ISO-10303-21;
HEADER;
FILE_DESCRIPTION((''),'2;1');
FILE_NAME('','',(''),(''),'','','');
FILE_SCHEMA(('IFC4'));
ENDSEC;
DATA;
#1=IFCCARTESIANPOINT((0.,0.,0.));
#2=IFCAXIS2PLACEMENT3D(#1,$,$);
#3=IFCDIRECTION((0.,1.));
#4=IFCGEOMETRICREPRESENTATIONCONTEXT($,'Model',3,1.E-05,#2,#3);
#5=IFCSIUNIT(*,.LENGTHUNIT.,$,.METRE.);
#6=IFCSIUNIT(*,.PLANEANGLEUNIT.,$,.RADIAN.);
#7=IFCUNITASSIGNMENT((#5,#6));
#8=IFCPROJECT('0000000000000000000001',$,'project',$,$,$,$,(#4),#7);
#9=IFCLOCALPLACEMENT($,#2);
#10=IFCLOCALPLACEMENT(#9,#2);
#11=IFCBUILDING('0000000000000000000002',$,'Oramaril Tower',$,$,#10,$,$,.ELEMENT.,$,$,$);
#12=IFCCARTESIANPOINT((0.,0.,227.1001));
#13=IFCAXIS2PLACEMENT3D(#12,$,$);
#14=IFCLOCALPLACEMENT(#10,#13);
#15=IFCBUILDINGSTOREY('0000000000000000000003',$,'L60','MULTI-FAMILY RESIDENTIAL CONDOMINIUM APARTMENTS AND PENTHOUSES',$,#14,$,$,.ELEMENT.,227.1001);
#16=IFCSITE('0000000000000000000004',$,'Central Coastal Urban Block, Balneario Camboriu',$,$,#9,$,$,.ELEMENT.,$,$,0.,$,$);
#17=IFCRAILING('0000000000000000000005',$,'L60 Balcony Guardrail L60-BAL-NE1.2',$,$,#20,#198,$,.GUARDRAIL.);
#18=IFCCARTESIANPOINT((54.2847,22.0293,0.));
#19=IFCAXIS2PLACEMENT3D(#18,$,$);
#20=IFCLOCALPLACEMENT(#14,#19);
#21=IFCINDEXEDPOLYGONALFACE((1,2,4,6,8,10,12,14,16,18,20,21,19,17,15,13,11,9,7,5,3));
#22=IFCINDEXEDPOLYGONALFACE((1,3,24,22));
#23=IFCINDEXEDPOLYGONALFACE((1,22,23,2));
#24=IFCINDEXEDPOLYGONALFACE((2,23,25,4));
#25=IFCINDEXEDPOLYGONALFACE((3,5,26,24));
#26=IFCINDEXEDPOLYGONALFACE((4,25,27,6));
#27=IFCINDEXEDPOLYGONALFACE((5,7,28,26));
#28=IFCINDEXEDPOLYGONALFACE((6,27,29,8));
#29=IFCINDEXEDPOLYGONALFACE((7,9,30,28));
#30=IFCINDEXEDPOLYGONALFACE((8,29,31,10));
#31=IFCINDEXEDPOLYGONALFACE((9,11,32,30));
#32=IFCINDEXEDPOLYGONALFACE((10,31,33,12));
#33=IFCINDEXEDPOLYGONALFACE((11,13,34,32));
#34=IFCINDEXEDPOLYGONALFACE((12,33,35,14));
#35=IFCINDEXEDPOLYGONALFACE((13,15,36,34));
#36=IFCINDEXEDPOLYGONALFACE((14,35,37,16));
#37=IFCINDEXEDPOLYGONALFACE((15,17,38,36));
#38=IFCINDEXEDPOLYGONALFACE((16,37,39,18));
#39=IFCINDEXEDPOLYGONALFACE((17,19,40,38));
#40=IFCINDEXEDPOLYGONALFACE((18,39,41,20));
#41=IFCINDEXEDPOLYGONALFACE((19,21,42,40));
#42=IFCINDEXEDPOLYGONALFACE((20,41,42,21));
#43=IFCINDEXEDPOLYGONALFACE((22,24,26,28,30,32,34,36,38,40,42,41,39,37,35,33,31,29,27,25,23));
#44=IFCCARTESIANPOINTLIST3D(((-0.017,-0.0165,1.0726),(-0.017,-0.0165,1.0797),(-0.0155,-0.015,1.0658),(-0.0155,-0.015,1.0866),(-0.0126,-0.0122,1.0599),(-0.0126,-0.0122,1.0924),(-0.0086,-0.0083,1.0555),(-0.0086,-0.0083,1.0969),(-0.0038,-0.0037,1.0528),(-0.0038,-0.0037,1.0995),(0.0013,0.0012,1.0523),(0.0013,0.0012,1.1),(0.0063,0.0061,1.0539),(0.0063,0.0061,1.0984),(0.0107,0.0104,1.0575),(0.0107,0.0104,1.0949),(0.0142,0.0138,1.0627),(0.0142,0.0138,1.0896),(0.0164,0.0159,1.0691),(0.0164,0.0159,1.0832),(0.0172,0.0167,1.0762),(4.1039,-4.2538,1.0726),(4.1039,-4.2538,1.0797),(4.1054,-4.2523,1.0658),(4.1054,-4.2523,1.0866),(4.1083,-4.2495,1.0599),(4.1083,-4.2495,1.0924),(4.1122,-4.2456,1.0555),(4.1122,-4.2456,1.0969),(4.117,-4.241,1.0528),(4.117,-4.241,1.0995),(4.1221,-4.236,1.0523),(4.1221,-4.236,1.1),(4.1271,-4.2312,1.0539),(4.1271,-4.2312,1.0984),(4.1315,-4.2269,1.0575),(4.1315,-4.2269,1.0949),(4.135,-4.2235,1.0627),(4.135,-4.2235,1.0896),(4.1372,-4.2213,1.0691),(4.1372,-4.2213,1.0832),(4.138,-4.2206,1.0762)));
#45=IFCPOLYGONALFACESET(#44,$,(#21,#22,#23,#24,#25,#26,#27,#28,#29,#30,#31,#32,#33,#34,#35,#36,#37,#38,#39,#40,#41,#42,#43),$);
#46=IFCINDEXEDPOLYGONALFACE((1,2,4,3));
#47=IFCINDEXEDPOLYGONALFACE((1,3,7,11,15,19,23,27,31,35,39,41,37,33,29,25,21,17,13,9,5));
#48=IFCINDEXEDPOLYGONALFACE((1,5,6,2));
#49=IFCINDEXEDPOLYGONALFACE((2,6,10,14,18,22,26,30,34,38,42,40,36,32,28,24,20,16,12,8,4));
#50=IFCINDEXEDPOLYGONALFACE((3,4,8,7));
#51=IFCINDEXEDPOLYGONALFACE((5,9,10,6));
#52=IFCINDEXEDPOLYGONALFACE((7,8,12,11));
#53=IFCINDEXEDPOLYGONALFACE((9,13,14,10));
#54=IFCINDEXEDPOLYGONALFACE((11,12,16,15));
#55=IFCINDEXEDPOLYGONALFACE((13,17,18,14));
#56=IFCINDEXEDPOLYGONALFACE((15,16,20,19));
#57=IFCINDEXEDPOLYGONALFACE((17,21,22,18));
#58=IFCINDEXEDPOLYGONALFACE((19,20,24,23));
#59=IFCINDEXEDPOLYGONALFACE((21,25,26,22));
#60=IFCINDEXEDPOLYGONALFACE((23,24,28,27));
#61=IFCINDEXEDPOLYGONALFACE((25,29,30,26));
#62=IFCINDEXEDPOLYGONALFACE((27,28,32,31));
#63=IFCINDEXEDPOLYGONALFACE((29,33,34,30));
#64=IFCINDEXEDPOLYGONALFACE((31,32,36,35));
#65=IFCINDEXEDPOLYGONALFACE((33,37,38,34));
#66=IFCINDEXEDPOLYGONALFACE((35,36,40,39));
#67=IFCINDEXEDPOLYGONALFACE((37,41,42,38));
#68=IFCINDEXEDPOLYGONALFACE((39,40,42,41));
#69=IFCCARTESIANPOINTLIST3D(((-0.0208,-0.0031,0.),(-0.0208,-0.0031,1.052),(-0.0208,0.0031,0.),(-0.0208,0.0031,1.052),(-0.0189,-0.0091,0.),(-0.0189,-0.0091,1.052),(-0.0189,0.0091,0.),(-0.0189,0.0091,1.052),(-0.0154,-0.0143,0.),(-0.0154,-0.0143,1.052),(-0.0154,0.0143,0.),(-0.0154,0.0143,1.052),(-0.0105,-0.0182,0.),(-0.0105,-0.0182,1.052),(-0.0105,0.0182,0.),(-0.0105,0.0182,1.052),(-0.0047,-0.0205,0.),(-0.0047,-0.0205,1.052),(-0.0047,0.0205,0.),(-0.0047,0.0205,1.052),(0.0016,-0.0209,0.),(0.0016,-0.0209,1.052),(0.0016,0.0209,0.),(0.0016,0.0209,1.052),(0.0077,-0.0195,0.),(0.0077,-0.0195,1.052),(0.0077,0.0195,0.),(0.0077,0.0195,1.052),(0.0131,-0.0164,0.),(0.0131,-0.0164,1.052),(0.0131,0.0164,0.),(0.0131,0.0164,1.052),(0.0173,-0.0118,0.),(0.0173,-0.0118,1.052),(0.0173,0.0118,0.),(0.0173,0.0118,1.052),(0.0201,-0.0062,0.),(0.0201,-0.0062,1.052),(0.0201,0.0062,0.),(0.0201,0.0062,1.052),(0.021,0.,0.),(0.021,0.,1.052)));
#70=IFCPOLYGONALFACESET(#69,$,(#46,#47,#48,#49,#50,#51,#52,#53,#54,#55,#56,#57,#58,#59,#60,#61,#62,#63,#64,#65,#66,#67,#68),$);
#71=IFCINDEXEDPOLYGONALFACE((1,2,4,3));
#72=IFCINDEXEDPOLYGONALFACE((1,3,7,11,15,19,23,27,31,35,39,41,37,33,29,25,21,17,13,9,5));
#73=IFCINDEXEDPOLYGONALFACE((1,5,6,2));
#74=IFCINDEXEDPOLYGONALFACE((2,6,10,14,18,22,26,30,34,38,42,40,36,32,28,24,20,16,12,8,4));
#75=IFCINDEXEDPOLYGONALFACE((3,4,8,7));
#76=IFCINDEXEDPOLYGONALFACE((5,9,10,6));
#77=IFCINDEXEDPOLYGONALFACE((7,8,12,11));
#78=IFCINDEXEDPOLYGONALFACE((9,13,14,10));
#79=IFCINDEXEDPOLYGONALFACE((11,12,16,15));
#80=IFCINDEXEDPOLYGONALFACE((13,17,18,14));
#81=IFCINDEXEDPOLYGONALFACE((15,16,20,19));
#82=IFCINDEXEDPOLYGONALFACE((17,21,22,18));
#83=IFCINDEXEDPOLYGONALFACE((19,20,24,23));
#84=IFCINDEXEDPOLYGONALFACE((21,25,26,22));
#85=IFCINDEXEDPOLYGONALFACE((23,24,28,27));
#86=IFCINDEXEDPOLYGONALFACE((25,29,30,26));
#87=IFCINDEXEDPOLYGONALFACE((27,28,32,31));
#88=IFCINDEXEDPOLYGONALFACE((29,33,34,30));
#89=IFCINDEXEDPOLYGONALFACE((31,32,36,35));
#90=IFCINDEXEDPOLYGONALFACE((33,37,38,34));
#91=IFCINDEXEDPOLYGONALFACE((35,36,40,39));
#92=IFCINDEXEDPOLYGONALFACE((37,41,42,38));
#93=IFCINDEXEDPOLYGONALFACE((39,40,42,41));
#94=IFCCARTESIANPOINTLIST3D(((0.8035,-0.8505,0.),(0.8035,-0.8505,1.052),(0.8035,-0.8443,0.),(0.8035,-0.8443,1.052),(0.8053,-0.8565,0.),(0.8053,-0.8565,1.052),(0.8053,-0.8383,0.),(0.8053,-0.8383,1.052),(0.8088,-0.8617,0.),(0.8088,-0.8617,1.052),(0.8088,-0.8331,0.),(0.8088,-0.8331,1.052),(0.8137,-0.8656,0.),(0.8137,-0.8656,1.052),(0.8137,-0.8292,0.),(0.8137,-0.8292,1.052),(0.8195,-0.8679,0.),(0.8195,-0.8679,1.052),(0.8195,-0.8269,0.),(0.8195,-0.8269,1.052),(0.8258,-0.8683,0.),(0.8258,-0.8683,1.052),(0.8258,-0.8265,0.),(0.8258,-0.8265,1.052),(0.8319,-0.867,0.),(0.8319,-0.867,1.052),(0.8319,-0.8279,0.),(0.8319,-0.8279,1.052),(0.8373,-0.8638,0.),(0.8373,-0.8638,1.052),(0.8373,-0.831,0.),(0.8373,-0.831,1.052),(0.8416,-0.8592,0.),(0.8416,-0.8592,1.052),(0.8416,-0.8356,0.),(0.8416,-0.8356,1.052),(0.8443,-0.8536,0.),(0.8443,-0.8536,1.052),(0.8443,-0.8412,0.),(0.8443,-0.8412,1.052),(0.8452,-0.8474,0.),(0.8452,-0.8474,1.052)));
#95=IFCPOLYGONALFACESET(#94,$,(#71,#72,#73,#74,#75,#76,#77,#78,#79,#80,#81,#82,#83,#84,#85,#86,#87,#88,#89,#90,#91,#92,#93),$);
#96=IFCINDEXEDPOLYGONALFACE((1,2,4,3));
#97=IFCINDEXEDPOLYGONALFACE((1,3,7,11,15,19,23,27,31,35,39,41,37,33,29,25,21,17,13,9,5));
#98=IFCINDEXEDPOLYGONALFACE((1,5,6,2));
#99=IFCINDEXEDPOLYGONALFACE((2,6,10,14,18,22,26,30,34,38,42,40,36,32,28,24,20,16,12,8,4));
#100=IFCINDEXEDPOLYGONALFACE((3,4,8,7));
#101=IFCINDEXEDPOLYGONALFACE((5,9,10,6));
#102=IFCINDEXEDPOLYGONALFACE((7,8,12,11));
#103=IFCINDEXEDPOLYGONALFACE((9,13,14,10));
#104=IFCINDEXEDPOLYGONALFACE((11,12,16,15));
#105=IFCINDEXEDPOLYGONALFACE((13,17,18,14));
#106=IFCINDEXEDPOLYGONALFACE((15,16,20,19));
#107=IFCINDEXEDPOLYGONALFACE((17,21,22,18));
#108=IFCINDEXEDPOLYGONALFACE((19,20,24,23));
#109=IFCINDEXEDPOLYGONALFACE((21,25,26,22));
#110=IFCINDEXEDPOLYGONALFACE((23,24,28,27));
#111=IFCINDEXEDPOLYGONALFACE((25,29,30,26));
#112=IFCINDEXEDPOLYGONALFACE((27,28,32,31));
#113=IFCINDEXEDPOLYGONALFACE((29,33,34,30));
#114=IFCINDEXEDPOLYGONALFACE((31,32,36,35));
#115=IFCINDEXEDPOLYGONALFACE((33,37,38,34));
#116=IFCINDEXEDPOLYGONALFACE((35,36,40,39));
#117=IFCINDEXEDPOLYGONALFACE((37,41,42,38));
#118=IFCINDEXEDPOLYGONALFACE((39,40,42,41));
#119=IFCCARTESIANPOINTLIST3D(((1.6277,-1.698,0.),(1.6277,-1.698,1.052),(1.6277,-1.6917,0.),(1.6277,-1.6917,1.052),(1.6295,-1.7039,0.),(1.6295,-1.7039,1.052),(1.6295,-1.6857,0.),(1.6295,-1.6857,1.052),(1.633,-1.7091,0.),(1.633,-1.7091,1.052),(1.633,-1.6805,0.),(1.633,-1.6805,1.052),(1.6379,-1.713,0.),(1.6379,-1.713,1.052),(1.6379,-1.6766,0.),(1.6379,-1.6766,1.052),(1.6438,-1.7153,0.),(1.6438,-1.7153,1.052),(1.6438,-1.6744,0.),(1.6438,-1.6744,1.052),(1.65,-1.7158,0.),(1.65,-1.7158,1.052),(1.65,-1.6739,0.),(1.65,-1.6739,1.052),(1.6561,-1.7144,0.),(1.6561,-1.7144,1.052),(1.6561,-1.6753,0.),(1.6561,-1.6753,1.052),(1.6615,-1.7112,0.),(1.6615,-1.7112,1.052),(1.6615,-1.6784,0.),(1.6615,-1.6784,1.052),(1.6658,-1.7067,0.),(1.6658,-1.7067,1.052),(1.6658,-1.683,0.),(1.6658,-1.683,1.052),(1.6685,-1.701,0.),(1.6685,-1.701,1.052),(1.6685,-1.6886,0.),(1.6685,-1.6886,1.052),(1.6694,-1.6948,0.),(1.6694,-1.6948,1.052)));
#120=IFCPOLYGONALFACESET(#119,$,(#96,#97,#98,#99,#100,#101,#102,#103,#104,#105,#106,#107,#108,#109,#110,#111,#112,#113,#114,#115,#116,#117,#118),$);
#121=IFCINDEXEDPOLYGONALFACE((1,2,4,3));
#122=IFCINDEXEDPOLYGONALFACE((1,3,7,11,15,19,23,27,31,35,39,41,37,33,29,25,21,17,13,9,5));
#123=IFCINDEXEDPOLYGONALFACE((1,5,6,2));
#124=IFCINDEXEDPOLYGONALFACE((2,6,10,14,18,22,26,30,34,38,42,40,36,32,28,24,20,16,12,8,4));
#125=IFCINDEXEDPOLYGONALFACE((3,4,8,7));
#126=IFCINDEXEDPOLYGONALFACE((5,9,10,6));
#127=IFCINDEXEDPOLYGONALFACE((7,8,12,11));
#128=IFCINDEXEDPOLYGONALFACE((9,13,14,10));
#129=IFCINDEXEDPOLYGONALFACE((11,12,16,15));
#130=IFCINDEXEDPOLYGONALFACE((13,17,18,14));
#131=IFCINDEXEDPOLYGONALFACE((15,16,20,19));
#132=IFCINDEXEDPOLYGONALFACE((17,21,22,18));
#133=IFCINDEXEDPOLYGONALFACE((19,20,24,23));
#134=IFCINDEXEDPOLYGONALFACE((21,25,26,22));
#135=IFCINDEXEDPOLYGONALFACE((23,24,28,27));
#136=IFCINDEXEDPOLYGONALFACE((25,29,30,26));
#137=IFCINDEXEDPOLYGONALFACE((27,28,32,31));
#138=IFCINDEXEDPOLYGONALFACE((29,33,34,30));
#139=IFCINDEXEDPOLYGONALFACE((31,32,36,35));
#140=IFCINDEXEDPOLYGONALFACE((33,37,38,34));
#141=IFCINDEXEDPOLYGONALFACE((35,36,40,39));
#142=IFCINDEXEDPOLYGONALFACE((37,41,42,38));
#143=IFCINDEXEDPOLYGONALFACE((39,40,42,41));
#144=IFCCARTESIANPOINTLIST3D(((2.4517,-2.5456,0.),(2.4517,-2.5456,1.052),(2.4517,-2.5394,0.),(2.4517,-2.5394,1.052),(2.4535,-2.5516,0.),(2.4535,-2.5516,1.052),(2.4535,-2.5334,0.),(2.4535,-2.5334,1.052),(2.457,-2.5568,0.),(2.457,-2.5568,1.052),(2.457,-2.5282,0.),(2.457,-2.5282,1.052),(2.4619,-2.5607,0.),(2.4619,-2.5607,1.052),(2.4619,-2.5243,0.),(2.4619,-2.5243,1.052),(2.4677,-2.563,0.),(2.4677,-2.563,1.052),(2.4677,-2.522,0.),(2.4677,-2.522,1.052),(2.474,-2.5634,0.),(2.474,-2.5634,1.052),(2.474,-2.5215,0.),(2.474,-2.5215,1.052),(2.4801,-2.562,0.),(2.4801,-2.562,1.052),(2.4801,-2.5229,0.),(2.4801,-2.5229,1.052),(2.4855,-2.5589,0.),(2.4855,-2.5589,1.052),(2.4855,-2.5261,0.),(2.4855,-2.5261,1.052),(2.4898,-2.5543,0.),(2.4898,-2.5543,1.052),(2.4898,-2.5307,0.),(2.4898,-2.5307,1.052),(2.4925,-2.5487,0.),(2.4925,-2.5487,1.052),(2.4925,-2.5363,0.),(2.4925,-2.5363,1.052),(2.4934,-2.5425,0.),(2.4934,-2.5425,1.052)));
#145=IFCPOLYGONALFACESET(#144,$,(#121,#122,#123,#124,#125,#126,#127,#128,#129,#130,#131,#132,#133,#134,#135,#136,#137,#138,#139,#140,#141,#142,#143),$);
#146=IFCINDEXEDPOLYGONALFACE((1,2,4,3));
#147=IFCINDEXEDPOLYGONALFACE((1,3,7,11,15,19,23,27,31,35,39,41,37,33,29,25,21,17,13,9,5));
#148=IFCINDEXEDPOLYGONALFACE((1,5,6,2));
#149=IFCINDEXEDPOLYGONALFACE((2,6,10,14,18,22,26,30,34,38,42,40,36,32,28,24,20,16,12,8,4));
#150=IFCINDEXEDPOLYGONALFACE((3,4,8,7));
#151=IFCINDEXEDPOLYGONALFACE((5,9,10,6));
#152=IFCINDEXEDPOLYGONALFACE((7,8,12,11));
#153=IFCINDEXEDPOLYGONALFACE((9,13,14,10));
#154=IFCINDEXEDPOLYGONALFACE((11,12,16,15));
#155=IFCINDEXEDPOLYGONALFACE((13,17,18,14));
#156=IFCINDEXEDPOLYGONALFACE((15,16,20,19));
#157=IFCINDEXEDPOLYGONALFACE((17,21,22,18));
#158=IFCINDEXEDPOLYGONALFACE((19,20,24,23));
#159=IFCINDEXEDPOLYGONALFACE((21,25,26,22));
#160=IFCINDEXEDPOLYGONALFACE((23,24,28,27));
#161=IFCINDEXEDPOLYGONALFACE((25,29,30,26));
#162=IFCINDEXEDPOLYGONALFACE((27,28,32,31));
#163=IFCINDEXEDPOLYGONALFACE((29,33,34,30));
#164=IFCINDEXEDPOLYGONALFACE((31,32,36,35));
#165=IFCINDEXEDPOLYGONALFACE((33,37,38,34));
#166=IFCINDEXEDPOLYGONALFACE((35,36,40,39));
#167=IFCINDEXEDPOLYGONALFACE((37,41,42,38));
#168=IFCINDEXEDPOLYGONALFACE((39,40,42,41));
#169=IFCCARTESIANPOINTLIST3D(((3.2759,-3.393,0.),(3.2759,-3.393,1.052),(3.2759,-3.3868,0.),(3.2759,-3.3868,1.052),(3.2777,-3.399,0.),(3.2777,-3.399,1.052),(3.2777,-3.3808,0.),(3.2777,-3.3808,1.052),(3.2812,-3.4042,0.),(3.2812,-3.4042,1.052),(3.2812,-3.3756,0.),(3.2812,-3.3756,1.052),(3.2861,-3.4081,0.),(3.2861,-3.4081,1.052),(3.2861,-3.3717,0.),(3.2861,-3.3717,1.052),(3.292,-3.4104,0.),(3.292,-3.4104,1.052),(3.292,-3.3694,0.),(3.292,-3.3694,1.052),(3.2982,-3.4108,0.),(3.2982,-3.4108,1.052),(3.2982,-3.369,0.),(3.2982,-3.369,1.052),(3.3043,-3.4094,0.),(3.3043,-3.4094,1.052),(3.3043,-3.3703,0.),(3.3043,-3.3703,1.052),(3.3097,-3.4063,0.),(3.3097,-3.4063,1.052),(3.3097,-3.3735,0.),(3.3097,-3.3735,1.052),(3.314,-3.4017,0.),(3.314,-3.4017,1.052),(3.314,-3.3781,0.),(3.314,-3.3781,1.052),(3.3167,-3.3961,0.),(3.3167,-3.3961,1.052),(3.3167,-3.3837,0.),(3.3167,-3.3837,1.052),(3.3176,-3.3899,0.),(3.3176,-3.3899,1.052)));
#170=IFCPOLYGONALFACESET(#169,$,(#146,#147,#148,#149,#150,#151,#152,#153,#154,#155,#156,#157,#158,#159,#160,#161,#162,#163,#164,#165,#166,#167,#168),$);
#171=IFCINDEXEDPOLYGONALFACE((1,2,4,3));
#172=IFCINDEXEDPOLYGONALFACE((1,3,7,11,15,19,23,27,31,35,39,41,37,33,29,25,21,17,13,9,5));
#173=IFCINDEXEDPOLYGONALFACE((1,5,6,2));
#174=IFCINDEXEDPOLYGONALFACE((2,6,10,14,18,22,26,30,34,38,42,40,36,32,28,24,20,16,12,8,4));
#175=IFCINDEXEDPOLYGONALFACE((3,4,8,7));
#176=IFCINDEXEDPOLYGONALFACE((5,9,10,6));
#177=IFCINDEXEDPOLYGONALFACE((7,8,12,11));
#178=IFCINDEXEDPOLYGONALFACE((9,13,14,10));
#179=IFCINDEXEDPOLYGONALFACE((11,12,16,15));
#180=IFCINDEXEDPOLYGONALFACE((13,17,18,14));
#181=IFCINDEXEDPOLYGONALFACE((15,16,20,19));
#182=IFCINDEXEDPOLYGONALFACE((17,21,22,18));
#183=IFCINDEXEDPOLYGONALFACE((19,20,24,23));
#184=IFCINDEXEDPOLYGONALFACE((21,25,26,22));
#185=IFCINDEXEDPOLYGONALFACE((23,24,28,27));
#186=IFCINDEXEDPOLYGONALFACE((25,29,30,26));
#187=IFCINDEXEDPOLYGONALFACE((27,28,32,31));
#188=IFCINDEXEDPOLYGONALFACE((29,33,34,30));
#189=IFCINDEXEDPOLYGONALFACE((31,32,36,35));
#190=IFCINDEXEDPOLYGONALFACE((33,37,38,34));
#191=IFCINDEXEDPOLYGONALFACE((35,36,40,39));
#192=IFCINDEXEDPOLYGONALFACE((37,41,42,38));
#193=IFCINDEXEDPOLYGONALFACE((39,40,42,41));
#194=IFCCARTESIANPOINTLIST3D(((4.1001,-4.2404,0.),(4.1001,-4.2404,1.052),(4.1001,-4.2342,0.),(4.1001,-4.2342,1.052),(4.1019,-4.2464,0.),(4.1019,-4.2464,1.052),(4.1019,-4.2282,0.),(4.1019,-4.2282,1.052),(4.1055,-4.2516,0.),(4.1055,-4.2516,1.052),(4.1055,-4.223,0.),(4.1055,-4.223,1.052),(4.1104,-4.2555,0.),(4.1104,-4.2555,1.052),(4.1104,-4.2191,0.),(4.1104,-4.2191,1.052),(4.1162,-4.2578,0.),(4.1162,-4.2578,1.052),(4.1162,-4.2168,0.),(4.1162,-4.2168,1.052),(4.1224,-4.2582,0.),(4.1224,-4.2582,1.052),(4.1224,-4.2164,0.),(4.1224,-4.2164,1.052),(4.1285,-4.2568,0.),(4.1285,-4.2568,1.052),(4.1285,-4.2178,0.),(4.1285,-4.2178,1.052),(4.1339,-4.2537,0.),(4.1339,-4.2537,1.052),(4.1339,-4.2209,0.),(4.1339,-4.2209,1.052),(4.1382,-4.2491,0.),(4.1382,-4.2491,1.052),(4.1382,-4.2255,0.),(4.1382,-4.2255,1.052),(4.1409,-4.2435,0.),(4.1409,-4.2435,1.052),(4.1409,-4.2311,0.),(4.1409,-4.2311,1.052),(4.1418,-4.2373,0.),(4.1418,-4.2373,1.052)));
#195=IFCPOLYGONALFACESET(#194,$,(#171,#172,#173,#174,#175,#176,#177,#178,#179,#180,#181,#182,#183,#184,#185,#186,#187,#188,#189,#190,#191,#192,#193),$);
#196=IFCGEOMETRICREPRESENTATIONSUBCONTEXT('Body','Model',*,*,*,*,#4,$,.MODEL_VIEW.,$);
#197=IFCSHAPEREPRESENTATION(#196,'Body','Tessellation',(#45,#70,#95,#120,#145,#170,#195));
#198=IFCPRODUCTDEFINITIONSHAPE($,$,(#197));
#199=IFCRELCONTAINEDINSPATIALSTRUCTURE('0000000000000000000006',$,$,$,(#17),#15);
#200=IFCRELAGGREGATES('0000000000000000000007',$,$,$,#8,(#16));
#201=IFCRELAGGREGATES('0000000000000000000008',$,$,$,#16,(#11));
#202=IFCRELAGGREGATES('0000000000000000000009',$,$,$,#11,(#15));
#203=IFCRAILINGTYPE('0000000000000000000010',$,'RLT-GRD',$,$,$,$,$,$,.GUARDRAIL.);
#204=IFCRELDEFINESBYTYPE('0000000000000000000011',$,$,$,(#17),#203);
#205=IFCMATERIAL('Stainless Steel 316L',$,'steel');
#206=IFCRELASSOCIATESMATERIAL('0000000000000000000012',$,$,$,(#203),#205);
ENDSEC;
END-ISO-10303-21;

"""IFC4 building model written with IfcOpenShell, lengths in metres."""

from ifc_helpers import new_model, si_unit, direction, frame, origin, origin_2d, place, context, subcontext, project, spatial, circle, extrude, material, type_object, element, save


model = new_model("IFC4")

# Units and contexts
model_context = context("Model", 3, precision=1e-05, world=origin(), true_north=direction((0.0, 1.0)))
body_context = subcontext(model_context, "Body", "Model", "MODEL_VIEW")
ifc_project = project(units=[si_unit("LENGTHUNIT", "METRE"), si_unit("PLANEANGLEUNIT", "RADIAN")], contexts=[model_context])

# Site, building, storey
site_placement = place(None, origin())
site = spatial("IfcSite", under=ifc_project, at=site_placement, Name="Central Coastal Urban Block, Balneario Camboriu", CompositionType="ELEMENT", RefElevation=0.0)
building_placement = place(site_placement, origin())
building = spatial("IfcBuilding", under=site, at=building_placement, Name="Oramaril Tower", CompositionType="ELEMENT")
storey_placement = place(building_placement, frame((0.0, 0.0, 227.1001)))
storey = spatial("IfcBuildingStorey", under=building, at=storey_placement, Name="L60", Description="MULTI-FAMILY RESIDENTIAL CONDOMINIUM APARTMENTS AND PENTHOUSES", CompositionType="ELEMENT", Elevation=227.1001)

# Railing
ifc_material_1 = material(Name="Stainless Steel 316L", Category="steel")
railing_type = type_object("IfcRailingType", Name="RLT-GRD", PredefinedType="GUARDRAIL", material=ifc_material_1)
railing_1_placement = place(storey_placement, frame((54.2847, 22.0293, 0.0)))
element("IfcRailing", 1, at=railing_1_placement, inside=storey, type_object=railing_type, Name="L60 Balcony Guardrail L60-BAL-NE1.2", PredefinedType="GUARDRAIL", context=body_context, shape_type="SweptSolid", body=[
    extrude(circle(Radius=0.0239, at=origin_2d()), frame((0.0, 0.0, 1.0762), z_axis=(0.697187, -0.716889, 0.0), x_axis=(0.716889, 0.697187, 0.0)), (0.0, 0.0, 1.0), 5.9106),
    extrude(circle(Radius=0.021, at=origin_2d()), origin(), (0.0, 0.0, 1.0), 1.052),
    extrude(circle(Radius=0.021, at=origin_2d()), frame((0.8242, -0.8474, 0.0)), (0.0, 0.0, 1.0), 1.052),
    extrude(circle(Radius=0.021, at=origin_2d()), frame((1.6484, -1.6948, 0.0)), (0.0, 0.0, 1.0), 1.052),
    extrude(circle(Radius=0.021, at=origin_2d()), frame((2.4724, -2.5425, 0.0)), (0.0, 0.0, 1.0), 1.052),
    extrude(circle(Radius=0.021, at=origin_2d()), frame((3.2966, -3.3899, 0.0)), (0.0, 0.0, 1.0), 1.052),
    extrude(circle(Radius=0.021, at=origin_2d()), frame((4.1208, -4.2373, 0.0)), (0.0, 0.0, 1.0), 1.052),
])

save(model, "model.ifc")
